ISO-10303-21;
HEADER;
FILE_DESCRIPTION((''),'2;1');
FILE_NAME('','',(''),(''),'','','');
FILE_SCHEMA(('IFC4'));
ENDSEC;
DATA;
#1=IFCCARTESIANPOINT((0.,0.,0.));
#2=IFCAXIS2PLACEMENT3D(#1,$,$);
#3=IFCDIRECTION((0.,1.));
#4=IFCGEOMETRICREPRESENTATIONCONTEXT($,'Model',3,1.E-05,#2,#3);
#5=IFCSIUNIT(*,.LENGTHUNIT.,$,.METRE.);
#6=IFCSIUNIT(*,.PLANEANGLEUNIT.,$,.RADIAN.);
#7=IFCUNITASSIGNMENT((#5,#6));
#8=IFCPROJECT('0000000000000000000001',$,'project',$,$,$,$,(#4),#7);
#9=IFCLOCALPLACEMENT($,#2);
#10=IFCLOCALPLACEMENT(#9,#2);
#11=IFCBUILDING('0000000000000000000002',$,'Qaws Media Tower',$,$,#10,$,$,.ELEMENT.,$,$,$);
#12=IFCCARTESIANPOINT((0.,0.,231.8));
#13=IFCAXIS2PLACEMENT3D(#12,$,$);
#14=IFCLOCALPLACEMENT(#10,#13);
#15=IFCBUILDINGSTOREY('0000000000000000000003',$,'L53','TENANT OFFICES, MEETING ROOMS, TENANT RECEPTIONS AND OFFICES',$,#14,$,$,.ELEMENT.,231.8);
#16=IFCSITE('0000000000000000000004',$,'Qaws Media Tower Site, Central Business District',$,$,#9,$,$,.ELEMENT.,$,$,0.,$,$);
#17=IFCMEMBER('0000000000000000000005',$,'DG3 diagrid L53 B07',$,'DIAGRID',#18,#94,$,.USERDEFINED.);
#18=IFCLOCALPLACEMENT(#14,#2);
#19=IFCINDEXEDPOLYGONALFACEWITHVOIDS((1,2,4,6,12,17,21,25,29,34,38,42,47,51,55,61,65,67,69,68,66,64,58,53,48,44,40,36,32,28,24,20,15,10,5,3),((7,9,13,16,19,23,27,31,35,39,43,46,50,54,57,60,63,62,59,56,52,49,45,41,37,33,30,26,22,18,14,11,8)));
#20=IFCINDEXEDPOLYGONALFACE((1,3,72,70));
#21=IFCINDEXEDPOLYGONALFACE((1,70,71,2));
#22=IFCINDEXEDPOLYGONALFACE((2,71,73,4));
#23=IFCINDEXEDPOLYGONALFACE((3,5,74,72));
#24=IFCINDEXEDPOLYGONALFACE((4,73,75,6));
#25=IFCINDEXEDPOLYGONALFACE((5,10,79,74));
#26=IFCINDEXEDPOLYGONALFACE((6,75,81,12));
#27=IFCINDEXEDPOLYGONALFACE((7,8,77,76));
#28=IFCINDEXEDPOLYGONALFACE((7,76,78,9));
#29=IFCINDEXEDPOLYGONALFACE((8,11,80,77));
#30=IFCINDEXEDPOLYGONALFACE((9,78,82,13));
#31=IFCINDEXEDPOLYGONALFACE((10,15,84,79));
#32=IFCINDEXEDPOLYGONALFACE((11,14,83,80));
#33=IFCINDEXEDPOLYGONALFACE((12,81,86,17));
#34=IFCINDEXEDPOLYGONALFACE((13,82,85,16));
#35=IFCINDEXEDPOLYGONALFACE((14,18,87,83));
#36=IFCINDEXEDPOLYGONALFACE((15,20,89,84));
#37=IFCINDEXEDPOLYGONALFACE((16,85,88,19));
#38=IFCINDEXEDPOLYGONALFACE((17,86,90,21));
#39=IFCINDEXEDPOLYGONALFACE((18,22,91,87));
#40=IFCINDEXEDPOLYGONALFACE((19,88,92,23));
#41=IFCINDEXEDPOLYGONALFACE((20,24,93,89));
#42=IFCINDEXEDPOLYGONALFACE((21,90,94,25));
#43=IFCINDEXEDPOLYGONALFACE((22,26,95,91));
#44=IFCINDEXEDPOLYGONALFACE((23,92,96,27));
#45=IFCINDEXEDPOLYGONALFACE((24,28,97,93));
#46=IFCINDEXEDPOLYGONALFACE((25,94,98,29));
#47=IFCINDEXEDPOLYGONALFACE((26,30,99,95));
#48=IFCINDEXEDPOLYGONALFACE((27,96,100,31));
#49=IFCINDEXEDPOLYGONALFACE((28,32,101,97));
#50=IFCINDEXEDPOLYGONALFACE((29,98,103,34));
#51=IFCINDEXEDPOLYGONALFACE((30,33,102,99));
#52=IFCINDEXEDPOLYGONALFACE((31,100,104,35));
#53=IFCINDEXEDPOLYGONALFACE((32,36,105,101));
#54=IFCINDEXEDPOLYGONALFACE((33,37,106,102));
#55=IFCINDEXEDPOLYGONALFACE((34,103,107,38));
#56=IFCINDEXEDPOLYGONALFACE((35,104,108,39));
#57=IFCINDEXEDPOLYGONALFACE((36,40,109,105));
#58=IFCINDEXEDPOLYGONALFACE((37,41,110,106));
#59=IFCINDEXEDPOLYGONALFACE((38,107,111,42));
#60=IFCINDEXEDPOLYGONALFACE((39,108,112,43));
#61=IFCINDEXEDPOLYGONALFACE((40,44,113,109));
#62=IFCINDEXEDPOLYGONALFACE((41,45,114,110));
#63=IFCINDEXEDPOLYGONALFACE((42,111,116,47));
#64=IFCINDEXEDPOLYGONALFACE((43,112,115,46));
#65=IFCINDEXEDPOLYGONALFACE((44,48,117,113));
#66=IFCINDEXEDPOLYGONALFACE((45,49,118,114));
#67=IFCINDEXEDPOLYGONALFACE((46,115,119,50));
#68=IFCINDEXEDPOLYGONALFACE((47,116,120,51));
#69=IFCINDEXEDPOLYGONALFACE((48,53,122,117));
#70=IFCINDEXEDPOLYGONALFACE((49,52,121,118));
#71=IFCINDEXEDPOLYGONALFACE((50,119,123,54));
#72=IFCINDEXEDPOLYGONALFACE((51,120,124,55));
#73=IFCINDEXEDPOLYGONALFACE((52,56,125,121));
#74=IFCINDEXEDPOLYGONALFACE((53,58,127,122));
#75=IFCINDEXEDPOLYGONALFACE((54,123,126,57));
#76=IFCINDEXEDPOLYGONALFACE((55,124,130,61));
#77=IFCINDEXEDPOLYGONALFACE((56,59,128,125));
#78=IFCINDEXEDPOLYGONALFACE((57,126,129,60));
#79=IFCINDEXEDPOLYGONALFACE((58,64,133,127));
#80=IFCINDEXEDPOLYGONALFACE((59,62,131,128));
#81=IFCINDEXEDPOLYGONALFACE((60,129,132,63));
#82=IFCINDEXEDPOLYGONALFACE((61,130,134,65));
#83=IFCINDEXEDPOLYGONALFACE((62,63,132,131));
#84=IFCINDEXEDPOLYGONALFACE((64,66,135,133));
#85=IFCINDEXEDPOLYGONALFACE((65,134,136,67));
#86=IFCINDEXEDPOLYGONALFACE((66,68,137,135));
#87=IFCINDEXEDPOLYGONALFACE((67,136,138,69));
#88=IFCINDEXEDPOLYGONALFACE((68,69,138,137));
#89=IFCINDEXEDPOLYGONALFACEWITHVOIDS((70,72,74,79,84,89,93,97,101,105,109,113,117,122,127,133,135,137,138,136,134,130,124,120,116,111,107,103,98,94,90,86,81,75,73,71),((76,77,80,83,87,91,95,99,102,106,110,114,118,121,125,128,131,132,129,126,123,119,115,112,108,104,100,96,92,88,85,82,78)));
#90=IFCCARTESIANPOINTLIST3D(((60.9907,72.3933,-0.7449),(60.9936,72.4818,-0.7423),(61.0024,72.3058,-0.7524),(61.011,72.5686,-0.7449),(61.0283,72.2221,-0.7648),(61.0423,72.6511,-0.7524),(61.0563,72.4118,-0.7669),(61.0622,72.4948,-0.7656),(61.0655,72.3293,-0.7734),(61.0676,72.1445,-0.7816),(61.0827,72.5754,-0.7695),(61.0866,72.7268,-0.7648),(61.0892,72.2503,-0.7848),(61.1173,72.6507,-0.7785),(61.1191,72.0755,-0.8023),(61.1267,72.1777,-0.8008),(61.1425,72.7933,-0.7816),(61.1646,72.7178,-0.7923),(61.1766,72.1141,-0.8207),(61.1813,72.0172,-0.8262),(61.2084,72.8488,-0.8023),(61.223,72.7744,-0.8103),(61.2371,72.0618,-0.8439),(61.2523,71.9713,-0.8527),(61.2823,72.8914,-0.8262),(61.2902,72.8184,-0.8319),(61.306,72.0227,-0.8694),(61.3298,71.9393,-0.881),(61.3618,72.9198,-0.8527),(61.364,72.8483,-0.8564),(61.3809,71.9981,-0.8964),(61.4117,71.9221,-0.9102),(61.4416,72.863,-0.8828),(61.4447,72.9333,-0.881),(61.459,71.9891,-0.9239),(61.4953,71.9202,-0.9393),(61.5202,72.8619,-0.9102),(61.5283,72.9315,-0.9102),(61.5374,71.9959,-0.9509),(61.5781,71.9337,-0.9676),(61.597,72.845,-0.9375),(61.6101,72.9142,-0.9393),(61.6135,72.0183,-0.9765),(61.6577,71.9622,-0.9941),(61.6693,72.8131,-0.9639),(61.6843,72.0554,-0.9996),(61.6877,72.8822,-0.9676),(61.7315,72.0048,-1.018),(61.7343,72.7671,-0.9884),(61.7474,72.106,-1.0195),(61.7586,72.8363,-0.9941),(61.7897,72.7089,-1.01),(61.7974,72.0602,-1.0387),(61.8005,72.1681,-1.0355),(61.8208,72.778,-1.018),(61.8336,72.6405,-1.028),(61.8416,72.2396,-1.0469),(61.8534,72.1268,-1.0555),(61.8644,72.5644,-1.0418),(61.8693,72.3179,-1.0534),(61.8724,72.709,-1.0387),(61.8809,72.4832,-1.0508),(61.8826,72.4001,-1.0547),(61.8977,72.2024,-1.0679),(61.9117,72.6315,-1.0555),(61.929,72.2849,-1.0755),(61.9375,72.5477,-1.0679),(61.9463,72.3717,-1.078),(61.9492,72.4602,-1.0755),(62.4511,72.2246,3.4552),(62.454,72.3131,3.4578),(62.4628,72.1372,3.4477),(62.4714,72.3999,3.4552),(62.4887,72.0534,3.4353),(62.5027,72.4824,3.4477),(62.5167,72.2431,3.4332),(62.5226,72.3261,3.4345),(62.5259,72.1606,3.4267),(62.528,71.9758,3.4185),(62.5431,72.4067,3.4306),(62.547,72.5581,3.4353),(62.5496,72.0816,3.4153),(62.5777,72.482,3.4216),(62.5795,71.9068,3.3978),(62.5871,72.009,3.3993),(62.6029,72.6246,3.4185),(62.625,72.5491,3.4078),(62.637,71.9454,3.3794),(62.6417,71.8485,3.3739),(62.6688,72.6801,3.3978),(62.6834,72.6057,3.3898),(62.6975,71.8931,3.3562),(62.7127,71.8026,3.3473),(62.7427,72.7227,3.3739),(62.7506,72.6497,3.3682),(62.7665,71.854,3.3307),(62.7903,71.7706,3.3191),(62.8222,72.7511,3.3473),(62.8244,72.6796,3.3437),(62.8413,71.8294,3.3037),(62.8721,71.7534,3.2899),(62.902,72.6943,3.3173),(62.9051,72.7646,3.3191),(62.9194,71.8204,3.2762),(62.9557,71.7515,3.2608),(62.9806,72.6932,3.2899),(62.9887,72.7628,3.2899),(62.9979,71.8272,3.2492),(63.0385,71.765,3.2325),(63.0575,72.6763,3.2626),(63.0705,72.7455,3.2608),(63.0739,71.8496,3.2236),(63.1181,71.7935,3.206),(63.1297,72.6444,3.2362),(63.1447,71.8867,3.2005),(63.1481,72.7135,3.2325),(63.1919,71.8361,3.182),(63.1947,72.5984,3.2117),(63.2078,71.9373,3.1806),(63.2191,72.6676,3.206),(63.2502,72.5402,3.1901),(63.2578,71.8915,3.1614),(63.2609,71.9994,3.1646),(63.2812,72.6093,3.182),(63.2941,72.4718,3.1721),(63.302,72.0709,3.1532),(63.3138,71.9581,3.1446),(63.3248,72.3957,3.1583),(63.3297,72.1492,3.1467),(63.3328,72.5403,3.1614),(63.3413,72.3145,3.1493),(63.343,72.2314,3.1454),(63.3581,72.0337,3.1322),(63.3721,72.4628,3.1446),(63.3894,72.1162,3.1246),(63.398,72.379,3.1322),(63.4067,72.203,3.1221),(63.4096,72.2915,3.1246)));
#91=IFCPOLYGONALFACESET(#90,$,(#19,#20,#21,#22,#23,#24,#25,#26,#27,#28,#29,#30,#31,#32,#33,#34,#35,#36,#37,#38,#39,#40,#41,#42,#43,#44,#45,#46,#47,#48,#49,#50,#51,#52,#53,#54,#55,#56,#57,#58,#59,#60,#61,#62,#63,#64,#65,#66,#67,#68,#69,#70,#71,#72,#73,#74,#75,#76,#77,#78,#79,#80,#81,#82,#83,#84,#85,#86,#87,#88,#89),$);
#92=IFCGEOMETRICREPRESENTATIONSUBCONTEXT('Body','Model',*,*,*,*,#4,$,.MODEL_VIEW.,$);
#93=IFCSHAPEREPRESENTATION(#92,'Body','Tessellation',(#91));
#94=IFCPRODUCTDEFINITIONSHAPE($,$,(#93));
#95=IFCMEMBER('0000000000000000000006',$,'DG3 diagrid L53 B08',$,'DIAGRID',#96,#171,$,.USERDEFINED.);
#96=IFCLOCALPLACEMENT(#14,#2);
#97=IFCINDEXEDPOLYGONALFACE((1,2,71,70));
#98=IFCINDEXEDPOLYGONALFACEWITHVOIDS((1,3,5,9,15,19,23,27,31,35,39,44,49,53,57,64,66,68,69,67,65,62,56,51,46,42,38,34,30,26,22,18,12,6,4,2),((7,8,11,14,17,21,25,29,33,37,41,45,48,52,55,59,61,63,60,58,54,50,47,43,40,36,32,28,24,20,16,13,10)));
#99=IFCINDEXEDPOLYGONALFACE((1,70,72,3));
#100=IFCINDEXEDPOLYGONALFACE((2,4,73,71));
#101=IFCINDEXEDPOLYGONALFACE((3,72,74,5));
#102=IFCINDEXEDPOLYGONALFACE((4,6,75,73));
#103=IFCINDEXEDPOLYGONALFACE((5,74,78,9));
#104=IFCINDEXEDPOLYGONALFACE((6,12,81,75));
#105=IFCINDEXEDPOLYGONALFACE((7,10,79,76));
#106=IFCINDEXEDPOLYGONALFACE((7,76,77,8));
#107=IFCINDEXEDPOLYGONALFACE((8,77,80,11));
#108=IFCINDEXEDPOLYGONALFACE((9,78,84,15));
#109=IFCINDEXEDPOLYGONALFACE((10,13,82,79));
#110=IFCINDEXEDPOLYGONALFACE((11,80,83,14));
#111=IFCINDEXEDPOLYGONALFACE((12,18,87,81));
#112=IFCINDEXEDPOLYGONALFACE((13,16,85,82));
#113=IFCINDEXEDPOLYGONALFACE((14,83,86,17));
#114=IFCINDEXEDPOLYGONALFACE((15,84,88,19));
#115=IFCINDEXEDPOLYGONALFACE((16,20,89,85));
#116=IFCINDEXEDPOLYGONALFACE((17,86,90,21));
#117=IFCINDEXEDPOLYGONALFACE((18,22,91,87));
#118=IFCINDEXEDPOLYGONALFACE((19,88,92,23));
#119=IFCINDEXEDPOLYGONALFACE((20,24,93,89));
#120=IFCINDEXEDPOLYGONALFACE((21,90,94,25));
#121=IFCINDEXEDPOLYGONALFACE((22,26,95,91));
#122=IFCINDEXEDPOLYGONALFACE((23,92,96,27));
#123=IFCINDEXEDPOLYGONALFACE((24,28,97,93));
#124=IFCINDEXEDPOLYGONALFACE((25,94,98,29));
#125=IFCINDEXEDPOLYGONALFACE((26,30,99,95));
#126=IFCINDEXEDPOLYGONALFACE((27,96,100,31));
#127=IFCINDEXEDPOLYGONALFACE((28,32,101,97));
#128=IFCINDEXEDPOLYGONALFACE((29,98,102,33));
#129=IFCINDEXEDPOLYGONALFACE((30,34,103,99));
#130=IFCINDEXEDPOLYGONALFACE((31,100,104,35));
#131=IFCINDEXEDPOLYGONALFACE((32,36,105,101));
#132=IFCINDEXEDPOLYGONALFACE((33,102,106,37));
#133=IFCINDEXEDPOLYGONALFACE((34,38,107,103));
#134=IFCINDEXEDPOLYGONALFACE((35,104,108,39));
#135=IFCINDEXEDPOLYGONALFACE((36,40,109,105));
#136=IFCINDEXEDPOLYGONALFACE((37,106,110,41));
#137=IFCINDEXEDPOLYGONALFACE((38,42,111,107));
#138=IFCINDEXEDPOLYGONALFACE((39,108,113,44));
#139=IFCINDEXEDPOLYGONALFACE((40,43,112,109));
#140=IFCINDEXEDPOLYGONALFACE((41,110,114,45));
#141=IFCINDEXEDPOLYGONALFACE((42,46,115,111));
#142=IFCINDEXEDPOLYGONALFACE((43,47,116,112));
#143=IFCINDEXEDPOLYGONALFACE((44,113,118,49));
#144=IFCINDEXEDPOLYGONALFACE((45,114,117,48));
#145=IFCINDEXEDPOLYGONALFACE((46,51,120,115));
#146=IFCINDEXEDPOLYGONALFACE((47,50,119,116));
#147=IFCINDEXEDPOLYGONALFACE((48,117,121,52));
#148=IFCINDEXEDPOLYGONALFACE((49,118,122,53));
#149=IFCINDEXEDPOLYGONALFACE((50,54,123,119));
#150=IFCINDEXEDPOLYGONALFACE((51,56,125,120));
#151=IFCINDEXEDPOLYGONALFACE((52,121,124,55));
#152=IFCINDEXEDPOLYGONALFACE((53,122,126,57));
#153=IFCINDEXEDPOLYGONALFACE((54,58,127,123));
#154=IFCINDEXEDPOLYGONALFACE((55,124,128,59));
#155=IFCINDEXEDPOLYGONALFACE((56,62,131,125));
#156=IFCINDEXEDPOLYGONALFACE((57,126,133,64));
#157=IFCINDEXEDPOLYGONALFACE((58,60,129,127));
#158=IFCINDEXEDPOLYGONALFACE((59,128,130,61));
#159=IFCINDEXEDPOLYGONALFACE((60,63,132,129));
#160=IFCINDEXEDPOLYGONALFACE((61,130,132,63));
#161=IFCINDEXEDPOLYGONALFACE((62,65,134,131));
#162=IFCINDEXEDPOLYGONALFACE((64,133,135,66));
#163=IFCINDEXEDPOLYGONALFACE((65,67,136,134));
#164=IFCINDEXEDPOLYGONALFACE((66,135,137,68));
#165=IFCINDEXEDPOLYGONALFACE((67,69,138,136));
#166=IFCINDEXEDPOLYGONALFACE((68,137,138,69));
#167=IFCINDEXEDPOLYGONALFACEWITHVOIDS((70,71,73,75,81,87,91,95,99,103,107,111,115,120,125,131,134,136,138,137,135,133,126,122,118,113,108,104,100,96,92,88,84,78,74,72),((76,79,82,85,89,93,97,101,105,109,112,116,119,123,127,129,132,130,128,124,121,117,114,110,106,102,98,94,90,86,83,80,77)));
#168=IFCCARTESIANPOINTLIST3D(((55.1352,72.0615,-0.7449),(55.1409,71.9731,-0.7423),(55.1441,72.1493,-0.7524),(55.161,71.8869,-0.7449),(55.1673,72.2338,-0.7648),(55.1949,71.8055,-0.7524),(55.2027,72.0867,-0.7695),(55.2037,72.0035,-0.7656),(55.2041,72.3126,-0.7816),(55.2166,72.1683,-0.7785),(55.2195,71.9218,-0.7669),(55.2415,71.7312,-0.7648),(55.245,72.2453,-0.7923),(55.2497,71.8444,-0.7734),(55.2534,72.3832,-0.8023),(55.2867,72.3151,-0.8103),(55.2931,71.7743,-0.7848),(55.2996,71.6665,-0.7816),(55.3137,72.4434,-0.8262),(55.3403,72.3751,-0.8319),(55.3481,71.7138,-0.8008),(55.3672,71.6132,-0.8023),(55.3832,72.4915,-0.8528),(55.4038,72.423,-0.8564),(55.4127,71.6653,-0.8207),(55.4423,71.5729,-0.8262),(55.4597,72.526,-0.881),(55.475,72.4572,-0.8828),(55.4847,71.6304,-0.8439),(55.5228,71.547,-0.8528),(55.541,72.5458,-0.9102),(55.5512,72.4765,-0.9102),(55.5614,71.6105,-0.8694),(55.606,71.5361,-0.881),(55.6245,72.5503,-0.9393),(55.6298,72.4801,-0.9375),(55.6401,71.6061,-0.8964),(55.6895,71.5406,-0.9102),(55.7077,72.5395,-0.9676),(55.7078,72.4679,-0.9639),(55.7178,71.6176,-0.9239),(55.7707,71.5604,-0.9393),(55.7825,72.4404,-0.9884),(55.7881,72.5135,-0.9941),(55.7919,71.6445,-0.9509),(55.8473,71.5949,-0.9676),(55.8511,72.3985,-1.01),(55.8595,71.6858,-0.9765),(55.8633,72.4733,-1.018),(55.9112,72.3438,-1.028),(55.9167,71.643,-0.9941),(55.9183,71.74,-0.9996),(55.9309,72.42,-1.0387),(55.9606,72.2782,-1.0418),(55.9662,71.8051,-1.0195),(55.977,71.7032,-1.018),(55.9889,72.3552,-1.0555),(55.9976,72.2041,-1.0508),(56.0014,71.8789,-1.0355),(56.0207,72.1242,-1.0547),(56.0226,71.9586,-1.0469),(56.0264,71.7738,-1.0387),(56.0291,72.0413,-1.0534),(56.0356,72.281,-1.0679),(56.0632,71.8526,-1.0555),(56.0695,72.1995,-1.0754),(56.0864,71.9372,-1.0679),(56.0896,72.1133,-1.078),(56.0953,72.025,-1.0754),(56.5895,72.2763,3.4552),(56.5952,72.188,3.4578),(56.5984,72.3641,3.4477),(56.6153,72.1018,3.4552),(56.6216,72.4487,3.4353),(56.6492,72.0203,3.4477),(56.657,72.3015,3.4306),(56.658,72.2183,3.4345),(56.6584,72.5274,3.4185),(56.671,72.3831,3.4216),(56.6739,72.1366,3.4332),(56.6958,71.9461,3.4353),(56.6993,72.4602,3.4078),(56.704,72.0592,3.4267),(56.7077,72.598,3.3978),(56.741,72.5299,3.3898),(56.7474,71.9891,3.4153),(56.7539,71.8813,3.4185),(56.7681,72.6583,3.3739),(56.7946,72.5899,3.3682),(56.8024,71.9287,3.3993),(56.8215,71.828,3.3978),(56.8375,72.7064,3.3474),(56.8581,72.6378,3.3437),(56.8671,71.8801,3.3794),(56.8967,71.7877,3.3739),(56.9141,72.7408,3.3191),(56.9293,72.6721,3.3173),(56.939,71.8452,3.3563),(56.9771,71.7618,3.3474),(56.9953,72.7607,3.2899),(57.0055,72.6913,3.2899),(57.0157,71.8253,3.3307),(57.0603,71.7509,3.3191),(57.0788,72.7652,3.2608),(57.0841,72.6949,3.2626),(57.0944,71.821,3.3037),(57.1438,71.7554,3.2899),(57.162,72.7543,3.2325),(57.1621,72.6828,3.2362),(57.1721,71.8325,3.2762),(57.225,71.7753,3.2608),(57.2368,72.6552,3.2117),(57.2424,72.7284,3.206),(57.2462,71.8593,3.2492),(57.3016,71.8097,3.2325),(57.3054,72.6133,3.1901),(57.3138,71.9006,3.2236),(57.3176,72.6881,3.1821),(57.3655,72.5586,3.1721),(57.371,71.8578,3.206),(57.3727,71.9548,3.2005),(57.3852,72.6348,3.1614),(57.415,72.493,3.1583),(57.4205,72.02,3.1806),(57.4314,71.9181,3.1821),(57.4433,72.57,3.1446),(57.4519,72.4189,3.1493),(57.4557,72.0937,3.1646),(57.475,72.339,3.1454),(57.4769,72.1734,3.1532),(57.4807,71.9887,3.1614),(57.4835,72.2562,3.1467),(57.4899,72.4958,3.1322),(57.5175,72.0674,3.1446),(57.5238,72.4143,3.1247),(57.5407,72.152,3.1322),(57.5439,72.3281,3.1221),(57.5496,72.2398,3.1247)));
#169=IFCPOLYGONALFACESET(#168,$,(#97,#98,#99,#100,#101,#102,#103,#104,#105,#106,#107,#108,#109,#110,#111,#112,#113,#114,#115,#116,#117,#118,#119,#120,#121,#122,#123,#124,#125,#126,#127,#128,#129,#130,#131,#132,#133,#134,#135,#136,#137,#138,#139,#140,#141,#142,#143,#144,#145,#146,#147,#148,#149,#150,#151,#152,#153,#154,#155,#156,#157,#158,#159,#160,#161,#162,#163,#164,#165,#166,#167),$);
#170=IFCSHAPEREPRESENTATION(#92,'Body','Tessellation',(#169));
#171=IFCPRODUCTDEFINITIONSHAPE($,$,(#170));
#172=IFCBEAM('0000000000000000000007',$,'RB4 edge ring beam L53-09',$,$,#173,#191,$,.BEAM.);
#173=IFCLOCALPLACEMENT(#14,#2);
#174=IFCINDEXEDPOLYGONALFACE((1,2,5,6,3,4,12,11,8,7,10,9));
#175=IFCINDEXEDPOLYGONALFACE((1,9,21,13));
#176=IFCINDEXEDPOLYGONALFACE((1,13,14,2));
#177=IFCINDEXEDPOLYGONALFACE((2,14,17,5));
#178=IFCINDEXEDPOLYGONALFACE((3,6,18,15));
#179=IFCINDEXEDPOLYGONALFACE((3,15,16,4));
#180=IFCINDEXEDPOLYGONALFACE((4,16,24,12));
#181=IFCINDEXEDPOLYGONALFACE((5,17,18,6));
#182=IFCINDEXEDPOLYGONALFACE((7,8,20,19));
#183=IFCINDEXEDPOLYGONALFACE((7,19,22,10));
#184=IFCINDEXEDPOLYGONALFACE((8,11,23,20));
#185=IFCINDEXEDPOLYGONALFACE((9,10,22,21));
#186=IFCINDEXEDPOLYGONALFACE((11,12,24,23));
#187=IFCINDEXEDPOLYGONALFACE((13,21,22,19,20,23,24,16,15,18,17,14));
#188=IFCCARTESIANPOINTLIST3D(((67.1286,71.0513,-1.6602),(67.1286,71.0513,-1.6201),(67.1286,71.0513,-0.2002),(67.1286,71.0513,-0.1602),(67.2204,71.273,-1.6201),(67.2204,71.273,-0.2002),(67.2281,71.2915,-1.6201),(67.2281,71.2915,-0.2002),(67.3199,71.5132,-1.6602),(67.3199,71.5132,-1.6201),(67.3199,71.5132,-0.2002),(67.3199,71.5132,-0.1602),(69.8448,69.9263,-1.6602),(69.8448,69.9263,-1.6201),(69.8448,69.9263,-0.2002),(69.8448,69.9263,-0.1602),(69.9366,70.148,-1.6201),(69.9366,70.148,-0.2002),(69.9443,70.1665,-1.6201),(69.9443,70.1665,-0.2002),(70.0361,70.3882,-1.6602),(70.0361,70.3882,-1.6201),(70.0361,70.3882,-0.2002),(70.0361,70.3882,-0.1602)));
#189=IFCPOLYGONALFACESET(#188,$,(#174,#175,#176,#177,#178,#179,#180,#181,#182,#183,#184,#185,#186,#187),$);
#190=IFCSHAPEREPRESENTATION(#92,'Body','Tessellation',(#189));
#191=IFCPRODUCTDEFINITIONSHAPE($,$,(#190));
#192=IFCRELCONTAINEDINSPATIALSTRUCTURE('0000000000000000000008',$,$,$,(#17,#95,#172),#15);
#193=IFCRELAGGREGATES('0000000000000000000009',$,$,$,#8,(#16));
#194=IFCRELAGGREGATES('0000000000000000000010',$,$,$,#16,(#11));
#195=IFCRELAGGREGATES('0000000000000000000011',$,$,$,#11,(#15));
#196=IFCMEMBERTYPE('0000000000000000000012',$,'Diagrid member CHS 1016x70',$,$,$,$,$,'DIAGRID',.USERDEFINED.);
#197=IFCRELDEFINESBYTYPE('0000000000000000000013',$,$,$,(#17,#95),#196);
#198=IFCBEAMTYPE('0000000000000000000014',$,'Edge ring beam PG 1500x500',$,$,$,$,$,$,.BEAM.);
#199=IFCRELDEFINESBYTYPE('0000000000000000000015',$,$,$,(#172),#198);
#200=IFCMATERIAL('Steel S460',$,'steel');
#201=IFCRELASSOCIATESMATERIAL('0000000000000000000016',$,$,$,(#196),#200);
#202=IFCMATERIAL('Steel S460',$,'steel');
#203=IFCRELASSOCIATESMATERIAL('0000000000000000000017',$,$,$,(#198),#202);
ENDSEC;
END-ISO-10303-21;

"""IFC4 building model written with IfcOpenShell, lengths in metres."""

from ifc_helpers import new_model, si_unit, direction, frame, origin, origin_2d, place, context, subcontext, project, spatial, hollow_circle, i_section, extrude, material, material_profile, profile_set, type_object, element, save


model = new_model("IFC4")

# Units and contexts
model_context = context("Model", 3, precision=1e-05, world=origin(), true_north=direction((0.0, 1.0)))
body_context = subcontext(model_context, "Body", "Model", "MODEL_VIEW")
ifc_project = project(units=[si_unit("LENGTHUNIT", "METRE"), si_unit("PLANEANGLEUNIT", "RADIAN")], contexts=[model_context])

# Site, building, storey
site_placement = place(None, origin())
site = spatial("IfcSite", under=ifc_project, at=site_placement, Name="Qaws Media Tower Site, Central Business District", CompositionType="ELEMENT", RefElevation=0.0)
building_placement = place(site_placement, origin())
building = spatial("IfcBuilding", under=site, at=building_placement, Name="Qaws Media Tower", CompositionType="ELEMENT")
storey_placement = place(building_placement, frame((0.0, 0.0, 231.8)))
storey = spatial("IfcBuildingStorey", under=building, at=storey_placement, Name="L53", Description="TENANT OFFICES, MEETING ROOMS, TENANT RECEPTIONS AND OFFICES", CompositionType="ELEMENT", Elevation=231.8)

# Members
ifc_material_1 = material(Name="Steel S460", Category="steel")
ifc_material_profile_1 = material_profile(ifc_material_1, hollow_circle(Radius=0.5081, WallThickness=0.0701, at=origin_2d()), Name="CHS 1016x70")
ifc_profile_set_1 = profile_set([ifc_material_profile_1], Name="Steel S460")
member_type_1 = type_object("IfcMemberType", Name="Diagrid member CHS 1016x70", ElementType="DIAGRID", PredefinedType="USERDEFINED", material=ifc_profile_set_1)
for number, where, z_axis, x_axis, name in (
    (1, (61.47, 72.4268, -0.9102), (0.328187, -0.03791, 0.943852), (0.11475, 0.993394, 0.0), "DG3 diagrid L53 B07"),
    (2, (55.6152, 72.0432, -0.9102), (0.326816, 0.048279, 0.943854), (-0.146139, 0.989264, 0.0), "DG3 diagrid L53 B08"),
):
    element("IfcMember", number, at=place(storey_placement, frame(where, z_axis=z_axis, x_axis=x_axis)), inside=storey, type_object=member_type_1, Name=name, ObjectType="DIAGRID", PredefinedType="USERDEFINED", context=body_context, shape_type="SweptSolid", body=[
        extrude(hollow_circle(Radius=0.5081, WallThickness=0.0701, at=origin_2d()), origin(), (0.0, 0.0, 1.0), 4.45),
    ])

# Beam
ifc_material_2 = material(Name="Steel S460", Category="steel")
ifc_material_profile_2 = material_profile(ifc_material_2, i_section(OverallWidth=0.5, OverallDepth=1.5, WebThickness=0.02, FlangeThickness=0.04, at=origin_2d()), Name="PG 1500x500")
ifc_profile_set_2 = profile_set([ifc_material_profile_2], Name="Steel S460")
beam_type = type_object("IfcBeamType", Name="Edge ring beam PG 1500x500", PredefinedType="BEAM", material=ifc_profile_set_2)
beam_1_placement = place(storey_placement, frame((69.9404, 70.1572, -0.9102), z_axis=(-0.923883, 0.382675, 0.0), x_axis=(-0.382675, -0.923883, 0.0)))
element("IfcBeam", 3, at=beam_1_placement, inside=storey, type_object=beam_type, Name="RB4 edge ring beam L53-09", PredefinedType="BEAM", context=body_context, shape_type="SweptSolid", body=[
    extrude(i_section(OverallWidth=0.5, OverallDepth=1.5, WebThickness=0.02, FlangeThickness=0.04, at=origin_2d()), origin(), (0.0, 0.0, 1.0), 2.9399),
])

save(model, "model.ifc")
